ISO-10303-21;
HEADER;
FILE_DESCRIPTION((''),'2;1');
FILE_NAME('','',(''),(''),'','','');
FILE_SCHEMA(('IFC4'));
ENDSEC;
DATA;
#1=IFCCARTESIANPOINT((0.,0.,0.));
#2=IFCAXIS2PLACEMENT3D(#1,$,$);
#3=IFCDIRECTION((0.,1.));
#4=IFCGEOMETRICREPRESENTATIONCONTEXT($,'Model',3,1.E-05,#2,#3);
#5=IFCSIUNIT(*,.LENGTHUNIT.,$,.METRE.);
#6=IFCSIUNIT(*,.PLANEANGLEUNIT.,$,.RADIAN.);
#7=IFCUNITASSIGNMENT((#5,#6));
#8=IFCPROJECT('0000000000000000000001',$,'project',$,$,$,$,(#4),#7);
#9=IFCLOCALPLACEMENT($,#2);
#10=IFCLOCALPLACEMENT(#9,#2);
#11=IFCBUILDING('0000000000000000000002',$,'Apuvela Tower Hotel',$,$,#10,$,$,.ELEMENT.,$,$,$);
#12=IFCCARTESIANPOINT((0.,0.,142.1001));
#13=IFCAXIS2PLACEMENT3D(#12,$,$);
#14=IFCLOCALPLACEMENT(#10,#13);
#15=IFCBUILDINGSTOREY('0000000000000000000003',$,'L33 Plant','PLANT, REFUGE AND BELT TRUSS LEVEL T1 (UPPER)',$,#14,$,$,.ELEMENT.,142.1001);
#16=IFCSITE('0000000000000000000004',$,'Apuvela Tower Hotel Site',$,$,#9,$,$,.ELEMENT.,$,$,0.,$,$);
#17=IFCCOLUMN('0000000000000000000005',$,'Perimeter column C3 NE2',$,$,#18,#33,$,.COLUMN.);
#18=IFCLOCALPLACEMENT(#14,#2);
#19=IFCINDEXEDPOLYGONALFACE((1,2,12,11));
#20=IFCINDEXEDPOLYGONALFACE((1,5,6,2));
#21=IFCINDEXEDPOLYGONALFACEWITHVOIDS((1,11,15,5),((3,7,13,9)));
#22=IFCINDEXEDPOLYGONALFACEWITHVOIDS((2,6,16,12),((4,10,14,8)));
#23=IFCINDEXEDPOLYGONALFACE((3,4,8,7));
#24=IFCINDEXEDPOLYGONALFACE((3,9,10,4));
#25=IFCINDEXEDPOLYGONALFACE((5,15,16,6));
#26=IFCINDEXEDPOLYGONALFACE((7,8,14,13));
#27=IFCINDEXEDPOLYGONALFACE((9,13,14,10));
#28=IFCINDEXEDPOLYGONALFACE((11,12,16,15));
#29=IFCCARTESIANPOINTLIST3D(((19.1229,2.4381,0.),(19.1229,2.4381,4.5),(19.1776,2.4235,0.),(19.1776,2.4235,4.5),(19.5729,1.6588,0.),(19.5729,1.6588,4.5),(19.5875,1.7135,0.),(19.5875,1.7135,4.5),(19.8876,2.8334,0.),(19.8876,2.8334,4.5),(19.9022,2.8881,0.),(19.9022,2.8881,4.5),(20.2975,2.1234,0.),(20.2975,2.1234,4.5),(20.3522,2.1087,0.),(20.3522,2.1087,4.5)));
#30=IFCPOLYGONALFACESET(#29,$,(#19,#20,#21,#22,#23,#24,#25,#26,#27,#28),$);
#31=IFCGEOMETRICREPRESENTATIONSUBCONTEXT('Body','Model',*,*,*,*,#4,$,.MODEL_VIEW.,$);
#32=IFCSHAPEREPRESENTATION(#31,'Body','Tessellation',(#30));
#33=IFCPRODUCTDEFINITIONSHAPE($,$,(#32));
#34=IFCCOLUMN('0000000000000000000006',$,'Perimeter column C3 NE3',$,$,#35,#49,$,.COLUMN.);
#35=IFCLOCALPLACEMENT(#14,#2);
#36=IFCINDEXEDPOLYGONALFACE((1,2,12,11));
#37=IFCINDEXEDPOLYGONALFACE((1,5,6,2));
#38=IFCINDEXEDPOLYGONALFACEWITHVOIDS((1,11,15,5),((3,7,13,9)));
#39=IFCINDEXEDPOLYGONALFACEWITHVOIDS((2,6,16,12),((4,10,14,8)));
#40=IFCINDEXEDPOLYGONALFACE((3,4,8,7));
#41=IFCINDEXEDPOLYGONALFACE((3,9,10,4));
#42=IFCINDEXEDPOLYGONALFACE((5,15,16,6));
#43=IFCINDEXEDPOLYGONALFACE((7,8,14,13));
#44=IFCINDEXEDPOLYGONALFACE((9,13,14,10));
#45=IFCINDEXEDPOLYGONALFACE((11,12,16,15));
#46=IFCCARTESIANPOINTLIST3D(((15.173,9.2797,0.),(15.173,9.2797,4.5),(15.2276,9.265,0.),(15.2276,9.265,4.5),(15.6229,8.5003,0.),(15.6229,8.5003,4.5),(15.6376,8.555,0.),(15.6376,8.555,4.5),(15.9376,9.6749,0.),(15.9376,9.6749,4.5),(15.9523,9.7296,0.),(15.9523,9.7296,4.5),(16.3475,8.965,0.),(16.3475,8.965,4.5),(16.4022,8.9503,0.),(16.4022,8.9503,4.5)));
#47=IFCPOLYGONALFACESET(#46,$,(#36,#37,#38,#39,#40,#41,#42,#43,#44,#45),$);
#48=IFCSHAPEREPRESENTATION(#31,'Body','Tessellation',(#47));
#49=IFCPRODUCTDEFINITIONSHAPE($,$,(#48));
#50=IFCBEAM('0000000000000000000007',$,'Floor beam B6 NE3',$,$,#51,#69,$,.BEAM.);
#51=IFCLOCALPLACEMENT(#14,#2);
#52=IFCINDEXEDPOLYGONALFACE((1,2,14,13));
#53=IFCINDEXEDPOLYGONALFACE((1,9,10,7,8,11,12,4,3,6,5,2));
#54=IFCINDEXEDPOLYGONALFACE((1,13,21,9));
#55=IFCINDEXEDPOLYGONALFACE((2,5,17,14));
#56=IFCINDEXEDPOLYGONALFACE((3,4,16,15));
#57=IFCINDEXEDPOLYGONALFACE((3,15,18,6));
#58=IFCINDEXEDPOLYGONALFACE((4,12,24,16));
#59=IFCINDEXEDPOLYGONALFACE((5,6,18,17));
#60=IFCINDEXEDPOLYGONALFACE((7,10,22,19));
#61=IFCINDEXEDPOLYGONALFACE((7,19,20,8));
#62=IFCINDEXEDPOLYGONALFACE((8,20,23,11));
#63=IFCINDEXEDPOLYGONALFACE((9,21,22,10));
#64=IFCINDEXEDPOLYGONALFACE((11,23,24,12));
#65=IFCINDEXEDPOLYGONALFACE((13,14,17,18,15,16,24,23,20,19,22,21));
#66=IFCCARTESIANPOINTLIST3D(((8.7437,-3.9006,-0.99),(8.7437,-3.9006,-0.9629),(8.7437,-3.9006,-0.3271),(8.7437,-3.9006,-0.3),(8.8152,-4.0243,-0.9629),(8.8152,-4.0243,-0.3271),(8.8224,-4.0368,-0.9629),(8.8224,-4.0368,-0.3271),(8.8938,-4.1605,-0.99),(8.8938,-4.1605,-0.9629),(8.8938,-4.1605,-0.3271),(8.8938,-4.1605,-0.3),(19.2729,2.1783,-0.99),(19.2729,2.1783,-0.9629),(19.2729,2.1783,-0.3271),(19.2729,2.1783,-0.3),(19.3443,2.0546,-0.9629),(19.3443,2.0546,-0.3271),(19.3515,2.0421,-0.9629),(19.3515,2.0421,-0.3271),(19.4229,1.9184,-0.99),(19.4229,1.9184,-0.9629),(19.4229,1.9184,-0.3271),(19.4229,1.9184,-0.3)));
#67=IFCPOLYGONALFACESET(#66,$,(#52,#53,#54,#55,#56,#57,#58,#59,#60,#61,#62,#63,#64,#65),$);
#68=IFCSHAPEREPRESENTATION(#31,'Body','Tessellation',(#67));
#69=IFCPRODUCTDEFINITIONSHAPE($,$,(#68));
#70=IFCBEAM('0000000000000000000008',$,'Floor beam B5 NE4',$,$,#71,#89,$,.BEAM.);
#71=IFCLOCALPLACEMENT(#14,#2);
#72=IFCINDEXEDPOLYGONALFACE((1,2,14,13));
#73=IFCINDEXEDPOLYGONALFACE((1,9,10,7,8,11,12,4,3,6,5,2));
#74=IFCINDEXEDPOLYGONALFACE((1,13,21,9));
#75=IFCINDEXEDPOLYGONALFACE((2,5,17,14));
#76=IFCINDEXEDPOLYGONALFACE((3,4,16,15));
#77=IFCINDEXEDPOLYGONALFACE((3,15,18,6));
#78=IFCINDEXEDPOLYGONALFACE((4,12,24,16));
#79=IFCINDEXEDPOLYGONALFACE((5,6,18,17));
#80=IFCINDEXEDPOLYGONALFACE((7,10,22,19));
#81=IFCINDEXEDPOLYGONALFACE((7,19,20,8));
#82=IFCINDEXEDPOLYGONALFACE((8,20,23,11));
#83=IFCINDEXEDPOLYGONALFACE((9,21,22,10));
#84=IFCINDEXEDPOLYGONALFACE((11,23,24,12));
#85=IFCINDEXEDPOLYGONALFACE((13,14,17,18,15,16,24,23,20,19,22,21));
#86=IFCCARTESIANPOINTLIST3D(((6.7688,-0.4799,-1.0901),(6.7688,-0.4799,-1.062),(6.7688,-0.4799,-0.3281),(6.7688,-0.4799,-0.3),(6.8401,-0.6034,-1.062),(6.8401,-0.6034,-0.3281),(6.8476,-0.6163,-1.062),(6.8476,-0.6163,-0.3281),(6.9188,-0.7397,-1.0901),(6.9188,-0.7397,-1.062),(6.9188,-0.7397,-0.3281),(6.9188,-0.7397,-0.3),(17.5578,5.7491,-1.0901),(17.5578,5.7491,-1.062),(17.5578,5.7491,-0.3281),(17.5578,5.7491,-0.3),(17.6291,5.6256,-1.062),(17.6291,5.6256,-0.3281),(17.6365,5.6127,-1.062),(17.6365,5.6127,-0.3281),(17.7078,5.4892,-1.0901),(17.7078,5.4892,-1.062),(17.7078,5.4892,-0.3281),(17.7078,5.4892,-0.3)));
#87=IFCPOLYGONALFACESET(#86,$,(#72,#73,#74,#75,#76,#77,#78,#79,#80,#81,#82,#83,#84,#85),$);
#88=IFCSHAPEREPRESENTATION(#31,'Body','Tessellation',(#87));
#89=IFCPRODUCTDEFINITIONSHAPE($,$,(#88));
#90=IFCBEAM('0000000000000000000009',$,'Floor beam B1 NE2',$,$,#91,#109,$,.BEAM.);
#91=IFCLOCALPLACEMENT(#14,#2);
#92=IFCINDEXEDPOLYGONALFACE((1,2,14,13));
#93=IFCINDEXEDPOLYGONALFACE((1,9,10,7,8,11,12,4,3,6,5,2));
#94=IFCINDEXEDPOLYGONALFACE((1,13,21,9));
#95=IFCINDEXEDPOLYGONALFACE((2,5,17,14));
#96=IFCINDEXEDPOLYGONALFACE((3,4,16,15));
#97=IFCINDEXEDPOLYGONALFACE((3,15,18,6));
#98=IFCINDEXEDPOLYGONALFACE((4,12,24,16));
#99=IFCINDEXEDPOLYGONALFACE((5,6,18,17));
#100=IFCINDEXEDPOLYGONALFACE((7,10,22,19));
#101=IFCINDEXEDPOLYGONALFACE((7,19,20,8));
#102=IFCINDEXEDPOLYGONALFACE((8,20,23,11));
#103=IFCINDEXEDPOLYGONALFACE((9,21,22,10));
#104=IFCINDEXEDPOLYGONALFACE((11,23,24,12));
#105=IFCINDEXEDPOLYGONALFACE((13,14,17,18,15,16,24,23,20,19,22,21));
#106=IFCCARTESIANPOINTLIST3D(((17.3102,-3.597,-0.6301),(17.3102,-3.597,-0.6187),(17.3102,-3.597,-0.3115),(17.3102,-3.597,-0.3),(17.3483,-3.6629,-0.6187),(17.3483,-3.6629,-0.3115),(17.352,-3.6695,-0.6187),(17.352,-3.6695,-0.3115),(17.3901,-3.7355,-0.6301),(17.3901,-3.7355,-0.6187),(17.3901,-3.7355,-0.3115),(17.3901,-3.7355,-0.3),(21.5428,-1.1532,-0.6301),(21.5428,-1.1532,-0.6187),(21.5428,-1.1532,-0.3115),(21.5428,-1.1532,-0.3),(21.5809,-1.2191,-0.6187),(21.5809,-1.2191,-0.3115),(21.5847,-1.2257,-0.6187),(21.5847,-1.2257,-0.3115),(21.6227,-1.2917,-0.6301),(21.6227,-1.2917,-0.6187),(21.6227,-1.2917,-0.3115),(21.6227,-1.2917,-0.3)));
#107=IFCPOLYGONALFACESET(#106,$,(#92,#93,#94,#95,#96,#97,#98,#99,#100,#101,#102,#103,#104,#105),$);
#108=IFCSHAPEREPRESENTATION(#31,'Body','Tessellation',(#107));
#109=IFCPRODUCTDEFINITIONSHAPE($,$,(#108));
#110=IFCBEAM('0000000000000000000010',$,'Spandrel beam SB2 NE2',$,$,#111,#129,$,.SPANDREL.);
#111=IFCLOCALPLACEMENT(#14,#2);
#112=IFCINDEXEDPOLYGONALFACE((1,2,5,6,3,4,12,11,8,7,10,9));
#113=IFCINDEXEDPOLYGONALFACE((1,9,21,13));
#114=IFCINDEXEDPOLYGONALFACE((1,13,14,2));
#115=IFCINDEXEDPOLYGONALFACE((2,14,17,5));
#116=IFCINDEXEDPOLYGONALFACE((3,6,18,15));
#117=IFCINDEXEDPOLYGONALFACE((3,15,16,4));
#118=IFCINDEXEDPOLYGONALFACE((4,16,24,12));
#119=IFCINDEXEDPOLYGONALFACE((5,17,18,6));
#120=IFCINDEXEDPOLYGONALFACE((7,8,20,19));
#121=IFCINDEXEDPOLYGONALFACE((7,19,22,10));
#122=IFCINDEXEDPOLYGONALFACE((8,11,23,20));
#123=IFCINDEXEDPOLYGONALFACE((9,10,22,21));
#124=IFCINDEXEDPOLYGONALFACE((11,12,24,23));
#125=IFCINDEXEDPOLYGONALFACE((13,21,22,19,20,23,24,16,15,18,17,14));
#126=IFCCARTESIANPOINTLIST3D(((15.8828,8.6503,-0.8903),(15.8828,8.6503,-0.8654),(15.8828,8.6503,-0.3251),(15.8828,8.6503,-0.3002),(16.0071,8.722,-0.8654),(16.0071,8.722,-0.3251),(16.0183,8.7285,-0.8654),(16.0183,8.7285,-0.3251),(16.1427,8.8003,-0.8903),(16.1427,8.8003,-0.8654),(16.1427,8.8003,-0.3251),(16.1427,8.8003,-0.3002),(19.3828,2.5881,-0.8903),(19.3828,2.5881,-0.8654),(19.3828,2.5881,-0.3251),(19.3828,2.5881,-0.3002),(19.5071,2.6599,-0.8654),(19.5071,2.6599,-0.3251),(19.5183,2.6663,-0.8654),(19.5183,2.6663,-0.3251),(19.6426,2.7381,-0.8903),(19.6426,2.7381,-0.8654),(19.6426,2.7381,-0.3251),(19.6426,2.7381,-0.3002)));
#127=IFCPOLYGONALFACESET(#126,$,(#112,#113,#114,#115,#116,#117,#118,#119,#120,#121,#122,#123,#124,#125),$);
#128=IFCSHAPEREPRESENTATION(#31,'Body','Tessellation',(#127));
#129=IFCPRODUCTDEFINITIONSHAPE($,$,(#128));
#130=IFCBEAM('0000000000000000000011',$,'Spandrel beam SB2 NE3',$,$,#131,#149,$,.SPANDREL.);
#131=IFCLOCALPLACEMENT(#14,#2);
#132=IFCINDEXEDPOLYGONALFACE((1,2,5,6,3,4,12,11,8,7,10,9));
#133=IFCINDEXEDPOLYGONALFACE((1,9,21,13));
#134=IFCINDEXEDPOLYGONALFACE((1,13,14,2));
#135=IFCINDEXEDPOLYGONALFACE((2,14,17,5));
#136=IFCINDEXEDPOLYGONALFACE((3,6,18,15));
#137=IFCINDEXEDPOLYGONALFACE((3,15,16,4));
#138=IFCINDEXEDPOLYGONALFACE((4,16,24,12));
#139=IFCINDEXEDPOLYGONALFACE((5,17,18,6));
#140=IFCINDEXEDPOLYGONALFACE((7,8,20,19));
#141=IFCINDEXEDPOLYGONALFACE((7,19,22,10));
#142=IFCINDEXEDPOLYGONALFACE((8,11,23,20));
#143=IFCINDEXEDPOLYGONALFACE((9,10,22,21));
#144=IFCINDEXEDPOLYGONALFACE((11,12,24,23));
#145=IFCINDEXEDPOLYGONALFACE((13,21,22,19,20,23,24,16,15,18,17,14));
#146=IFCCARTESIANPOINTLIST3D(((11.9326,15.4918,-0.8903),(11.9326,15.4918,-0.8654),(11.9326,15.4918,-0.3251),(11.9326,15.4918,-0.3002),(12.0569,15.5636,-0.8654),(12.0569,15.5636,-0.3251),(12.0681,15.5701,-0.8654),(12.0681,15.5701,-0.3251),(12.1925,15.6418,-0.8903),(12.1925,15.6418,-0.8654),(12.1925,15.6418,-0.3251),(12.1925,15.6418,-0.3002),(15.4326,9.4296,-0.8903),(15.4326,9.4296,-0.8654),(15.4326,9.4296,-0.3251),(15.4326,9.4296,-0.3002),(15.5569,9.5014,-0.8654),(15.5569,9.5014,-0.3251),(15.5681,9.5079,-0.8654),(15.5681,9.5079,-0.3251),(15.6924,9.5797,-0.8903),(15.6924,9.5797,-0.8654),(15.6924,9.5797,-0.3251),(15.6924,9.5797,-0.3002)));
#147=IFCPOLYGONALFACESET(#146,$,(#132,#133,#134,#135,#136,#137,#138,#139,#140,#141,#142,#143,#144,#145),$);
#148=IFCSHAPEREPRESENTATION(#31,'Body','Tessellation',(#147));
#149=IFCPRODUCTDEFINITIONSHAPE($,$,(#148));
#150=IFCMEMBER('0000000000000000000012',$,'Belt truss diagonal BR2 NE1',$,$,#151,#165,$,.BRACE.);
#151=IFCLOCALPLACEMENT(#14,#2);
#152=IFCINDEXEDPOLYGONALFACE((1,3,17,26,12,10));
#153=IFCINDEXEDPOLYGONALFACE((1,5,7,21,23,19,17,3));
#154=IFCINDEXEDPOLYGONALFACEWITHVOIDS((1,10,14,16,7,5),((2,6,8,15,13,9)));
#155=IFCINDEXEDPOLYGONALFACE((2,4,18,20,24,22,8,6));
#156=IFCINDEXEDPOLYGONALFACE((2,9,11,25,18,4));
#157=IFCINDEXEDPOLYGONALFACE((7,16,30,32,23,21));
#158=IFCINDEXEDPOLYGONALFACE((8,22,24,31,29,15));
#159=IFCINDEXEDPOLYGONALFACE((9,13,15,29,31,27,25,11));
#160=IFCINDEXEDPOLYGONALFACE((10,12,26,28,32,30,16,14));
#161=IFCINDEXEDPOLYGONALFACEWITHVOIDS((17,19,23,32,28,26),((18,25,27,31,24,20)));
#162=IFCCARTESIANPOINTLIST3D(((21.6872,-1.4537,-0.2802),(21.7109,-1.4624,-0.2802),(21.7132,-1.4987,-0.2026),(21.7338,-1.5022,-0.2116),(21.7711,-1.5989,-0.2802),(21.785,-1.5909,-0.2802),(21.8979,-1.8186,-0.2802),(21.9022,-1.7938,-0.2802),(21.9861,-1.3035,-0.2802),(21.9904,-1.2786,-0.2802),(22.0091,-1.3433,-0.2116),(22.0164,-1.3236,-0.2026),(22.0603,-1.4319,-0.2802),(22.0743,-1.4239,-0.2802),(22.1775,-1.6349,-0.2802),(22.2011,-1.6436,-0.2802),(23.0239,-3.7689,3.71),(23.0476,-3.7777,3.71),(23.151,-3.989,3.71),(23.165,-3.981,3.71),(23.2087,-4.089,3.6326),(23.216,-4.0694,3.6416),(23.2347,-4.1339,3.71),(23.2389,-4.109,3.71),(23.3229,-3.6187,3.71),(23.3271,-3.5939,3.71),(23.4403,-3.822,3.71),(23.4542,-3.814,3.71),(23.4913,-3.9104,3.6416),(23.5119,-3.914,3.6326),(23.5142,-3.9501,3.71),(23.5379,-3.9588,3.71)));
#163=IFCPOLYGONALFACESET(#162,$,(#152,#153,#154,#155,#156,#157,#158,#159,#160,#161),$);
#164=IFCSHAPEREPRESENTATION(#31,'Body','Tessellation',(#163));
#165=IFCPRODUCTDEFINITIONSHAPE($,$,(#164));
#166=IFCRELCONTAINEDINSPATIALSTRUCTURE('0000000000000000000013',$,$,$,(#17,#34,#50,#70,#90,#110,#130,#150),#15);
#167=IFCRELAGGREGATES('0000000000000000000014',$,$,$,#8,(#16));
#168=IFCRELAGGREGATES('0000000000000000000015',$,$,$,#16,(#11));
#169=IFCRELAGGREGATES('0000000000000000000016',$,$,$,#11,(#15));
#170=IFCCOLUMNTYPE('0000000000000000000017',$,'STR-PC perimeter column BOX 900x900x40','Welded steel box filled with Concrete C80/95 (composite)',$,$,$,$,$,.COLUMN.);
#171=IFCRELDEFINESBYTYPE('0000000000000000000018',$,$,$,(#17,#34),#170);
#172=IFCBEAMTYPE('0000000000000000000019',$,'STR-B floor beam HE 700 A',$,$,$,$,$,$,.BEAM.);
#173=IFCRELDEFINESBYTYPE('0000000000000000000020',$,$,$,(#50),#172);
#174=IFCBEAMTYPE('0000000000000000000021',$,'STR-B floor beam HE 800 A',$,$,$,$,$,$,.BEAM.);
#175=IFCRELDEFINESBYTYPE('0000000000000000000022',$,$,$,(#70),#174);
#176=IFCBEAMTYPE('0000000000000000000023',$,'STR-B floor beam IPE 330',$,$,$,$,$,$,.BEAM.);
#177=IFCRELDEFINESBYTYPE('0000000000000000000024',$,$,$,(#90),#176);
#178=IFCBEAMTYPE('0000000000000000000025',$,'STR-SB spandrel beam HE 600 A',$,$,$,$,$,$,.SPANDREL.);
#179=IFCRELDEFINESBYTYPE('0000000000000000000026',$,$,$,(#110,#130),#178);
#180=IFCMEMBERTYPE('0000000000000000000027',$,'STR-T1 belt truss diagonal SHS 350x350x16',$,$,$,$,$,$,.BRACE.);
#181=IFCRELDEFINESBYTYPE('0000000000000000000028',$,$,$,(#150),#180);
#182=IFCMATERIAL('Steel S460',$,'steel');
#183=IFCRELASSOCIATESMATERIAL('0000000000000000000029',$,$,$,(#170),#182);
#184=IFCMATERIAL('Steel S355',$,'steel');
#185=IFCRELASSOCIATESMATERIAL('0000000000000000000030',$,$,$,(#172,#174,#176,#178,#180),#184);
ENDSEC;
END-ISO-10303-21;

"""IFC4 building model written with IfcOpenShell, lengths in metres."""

from ifc_helpers import new_model, si_unit, direction, frame, origin, origin_2d, place, context, subcontext, project, spatial, rectangle, hollow_rectangle, i_section, extrude, boolean, halfspace, material, material_profile, profile_set, type_object, element, save


model = new_model("IFC4")

# Units and contexts
model_context = context("Model", 3, precision=1e-05, world=origin(), true_north=direction((0.0, 1.0)))
body_context = subcontext(model_context, "Body", "Model", "MODEL_VIEW")
ifc_project = project(units=[si_unit("LENGTHUNIT", "METRE"), si_unit("PLANEANGLEUNIT", "RADIAN")], contexts=[model_context])

# Site, building, storey
site_placement = place(None, origin())
site = spatial("IfcSite", under=ifc_project, at=site_placement, Name="Apuvela Tower Hotel Site", CompositionType="ELEMENT", RefElevation=0.0)
building_placement = place(site_placement, origin())
building = spatial("IfcBuilding", under=site, at=building_placement, Name="Apuvela Tower Hotel", CompositionType="ELEMENT")
storey_placement = place(building_placement, frame((0.0, 0.0, 142.1001)))
storey = spatial("IfcBuildingStorey", under=building, at=storey_placement, Name="L33 Plant", Description="PLANT, REFUGE AND BELT TRUSS LEVEL T1 (UPPER)", CompositionType="ELEMENT", Elevation=142.1001)

# Columns
ifc_material_1 = material(Name="Steel S460", Category="steel")
ifc_material_profile_1 = material_profile(ifc_material_1, hollow_rectangle(XDim=0.8999, YDim=0.8999, WallThickness=0.04, at=origin_2d()), Name="BOX 900x900x40")
ifc_material_2 = material(Name="Concrete C80/95", Category="concrete")
ifc_material_profile_2 = material_profile(ifc_material_2, rectangle(XDim=0.8201, YDim=0.8201, at=origin_2d()), Name="Concrete C80/95 infill")
ifc_profile_set_1 = profile_set([ifc_material_profile_1, ifc_material_profile_2], Name="Steel S460")
column_type = type_object("IfcColumnType", Name="STR-PC perimeter column BOX 900x900x40", Description="Welded steel box filled with Concrete C80/95 (composite)", PredefinedType="COLUMN", material=ifc_profile_set_1)
for number, where, z_axis, x_axis, name in (
    (1, (19.7375, 2.2734, 0.0), (0.0, 0.0, 1.0), (-0.5, 0.866025, 0.0), "Perimeter column C3 NE2"),
    (2, (15.7876, 9.115, 0.0), (0.0, 0.0, 1.0), (-0.5, 0.866025, 0.0), "Perimeter column C3 NE3"),
):
    element("IfcColumn", number, at=place(storey_placement, frame(where, z_axis=z_axis, x_axis=x_axis)), inside=storey, type_object=column_type, Name=name, PredefinedType="COLUMN", context=body_context, shape_type="SweptSolid", body=[
        extrude(hollow_rectangle(XDim=0.8999, YDim=0.8999, WallThickness=0.04, at=origin_2d()), origin(), (0.0, 0.0, 1.0), 4.5),
    ])

# Beams
ifc_material_3 = material(Name="Steel S355", Category="steel")
ifc_material_profile_3 = material_profile(ifc_material_3, i_section(OverallWidth=0.3, OverallDepth=0.6899, WebThickness=0.0144, FlangeThickness=0.0271, at=origin_2d()), Name="HE 700 A")
ifc_profile_set_2 = profile_set([ifc_material_profile_3], Name="Steel S355")
beam_type_1 = type_object("IfcBeamType", Name="STR-B floor beam HE 700 A", PredefinedType="BEAM", material=ifc_profile_set_2)
beam_1_placement = place(storey_placement, frame((19.3479, 2.0483, -0.645), z_axis=(-0.866029, -0.499994, 0.0), x_axis=(0.499994, -0.866029, 0.0)))
element("IfcBeam", 3, at=beam_1_placement, inside=storey, type_object=beam_type_1, Name="Floor beam B6 NE3", PredefinedType="BEAM", context=body_context, shape_type="SweptSolid", body=[
    extrude(i_section(OverallWidth=0.3, OverallDepth=0.6899, WebThickness=0.0144, FlangeThickness=0.0271, at=origin_2d()), origin(), (0.0, 0.0, 1.0), 12.158),
])
ifc_material_profile_4 = material_profile(ifc_material_3, i_section(OverallWidth=0.3, OverallDepth=0.79, WebThickness=0.0149, FlangeThickness=0.0281, at=origin_2d()), Name="HE 800 A")
ifc_profile_set_3 = profile_set([ifc_material_profile_4], Name="Steel S355")
beam_type_2 = type_object("IfcBeamType", Name="STR-B floor beam HE 800 A", PredefinedType="BEAM", material=ifc_profile_set_3)
beam_2_placement = place(storey_placement, frame((17.6328, 5.6191, -0.6951), z_axis=(-0.866028, -0.499996, 0.0), x_axis=(0.499996, -0.866028, 0.0)))
element("IfcBeam", 4, at=beam_2_placement, inside=storey, type_object=beam_type_2, Name="Floor beam B5 NE4", PredefinedType="BEAM", context=body_context, shape_type="SweptSolid", body=[
    extrude(i_section(OverallWidth=0.3, OverallDepth=0.79, WebThickness=0.0149, FlangeThickness=0.0281, at=origin_2d()), origin(), (0.0, 0.0, 1.0), 12.458),
])
ifc_material_profile_5 = material_profile(ifc_material_3, i_section(OverallWidth=0.1599, OverallDepth=0.3301, WebThickness=0.0076, FlangeThickness=0.0115, at=origin_2d()), Name="IPE 330")
ifc_profile_set_4 = profile_set([ifc_material_profile_5], Name="Steel S355")
beam_type_3 = type_object("IfcBeamType", Name="STR-B floor beam IPE 330", PredefinedType="BEAM", material=ifc_profile_set_4)
beam_3_placement = place(storey_placement, frame((21.5828, -1.2224, -0.4651), z_axis=(-0.866015, -0.500018, 0.0), x_axis=(0.500018, -0.866015, 0.0)))
element("IfcBeam", 5, at=beam_3_placement, inside=storey, type_object=beam_type_3, Name="Floor beam B1 NE2", PredefinedType="BEAM", context=body_context, shape_type="SweptSolid", body=[
    extrude(i_section(OverallWidth=0.1599, OverallDepth=0.3301, WebThickness=0.0076, FlangeThickness=0.0115, at=origin_2d()), origin(), (0.0, 0.0, 1.0), 4.8875),
])
ifc_material_profile_6 = material_profile(ifc_material_3, i_section(OverallWidth=0.3, OverallDepth=0.5901, WebThickness=0.0129, FlangeThickness=0.0249, at=origin_2d()), Name="HE 600 A")
ifc_profile_set_5 = profile_set([ifc_material_profile_6], Name="Steel S355")
beam_type_4 = type_object("IfcBeamType", Name="STR-SB spandrel beam HE 600 A", PredefinedType="SPANDREL", material=ifc_profile_set_5)
for number, where, z_axis, x_axis, name in (
    (6, (19.5127, 2.6631, -0.5952), (-0.499995, 0.866028, 0.0), (-0.866028, -0.499995, 0.0), "Spandrel beam SB2 NE2"),
    (7, (15.5625, 9.5046, -0.5952), (-0.499995, 0.866028, 0.0), (-0.866028, -0.499995, 0.0), "Spandrel beam SB2 NE3"),
):
    element("IfcBeam", number, at=place(storey_placement, frame(where, z_axis=z_axis, x_axis=x_axis)), inside=storey, type_object=beam_type_4, Name=name, PredefinedType="SPANDREL", context=body_context, shape_type="SweptSolid", body=[
        extrude(i_section(OverallWidth=0.3, OverallDepth=0.5901, WebThickness=0.0129, FlangeThickness=0.0249, at=origin_2d()), origin(), (0.0, 0.0, 1.0), 7.0),
    ])

# Member
ifc_material_profile_7 = material_profile(ifc_material_3, hollow_rectangle(XDim=0.3501, YDim=0.3501, WallThickness=0.0161, at=origin_2d()), Name="SHS 350x350x16")
ifc_profile_set_6 = profile_set([ifc_material_profile_7], Name="Steel S355")
member_type = type_object("IfcMemberType", Name="STR-T1 belt truss diagonal SHS 350x350x16", PredefinedType="BRACE", material=ifc_profile_set_6)
member_1_placement = place(storey_placement, frame((21.9375, -1.5371, -0.3), z_axis=(0.278315, -0.482044, 0.830768), x_axis=(-0.415392, 0.719461, 0.556619)))
solid_1 = boolean("DIFFERENCE", boolean("DIFFERENCE", extrude(hollow_rectangle(XDim=0.3501, YDim=0.3501, WallThickness=0.0161, at=origin_2d()), frame((0.0, 0.0, -0.2373)), (0.0, 0.0, 1.0), 5.3254), halfspace(frame((0.0, 0.0, 0.0239), z_axis=(0.556619, 0.0, 0.830768), x_axis=(0.830768, 0.0, -0.556619)), True)), halfspace(frame((0.0, 0.0, 4.8269), z_axis=(0.556619, 0.0, 0.830768), x_axis=(0.830768, 0.0, -0.556619)), False))
element("IfcMember", 8, at=member_1_placement, inside=storey, type_object=member_type, Name="Belt truss diagonal BR2 NE1", PredefinedType="BRACE", context=body_context, shape_type="SweptSolid", body=[
    boolean("UNION", boolean("DIFFERENCE", boolean("DIFFERENCE", extrude(hollow_rectangle(XDim=0.3501, YDim=0.3501, WallThickness=0.0161, at=origin_2d()), origin(), (0.0, 0.0, 1.0), 4.8511), halfspace(frame((0.0, 0.0, 0.0239), z_axis=(0.556619, 0.0, 0.830768), x_axis=(0.830768, 0.0, -0.556619)), True)), halfspace(frame((0.0, 0.0, 4.8269), z_axis=(0.556619, 0.0, 0.830768), x_axis=(0.830768, 0.0, -0.556619)), False)), solid_1),
])

save(model, "model.ifc")
